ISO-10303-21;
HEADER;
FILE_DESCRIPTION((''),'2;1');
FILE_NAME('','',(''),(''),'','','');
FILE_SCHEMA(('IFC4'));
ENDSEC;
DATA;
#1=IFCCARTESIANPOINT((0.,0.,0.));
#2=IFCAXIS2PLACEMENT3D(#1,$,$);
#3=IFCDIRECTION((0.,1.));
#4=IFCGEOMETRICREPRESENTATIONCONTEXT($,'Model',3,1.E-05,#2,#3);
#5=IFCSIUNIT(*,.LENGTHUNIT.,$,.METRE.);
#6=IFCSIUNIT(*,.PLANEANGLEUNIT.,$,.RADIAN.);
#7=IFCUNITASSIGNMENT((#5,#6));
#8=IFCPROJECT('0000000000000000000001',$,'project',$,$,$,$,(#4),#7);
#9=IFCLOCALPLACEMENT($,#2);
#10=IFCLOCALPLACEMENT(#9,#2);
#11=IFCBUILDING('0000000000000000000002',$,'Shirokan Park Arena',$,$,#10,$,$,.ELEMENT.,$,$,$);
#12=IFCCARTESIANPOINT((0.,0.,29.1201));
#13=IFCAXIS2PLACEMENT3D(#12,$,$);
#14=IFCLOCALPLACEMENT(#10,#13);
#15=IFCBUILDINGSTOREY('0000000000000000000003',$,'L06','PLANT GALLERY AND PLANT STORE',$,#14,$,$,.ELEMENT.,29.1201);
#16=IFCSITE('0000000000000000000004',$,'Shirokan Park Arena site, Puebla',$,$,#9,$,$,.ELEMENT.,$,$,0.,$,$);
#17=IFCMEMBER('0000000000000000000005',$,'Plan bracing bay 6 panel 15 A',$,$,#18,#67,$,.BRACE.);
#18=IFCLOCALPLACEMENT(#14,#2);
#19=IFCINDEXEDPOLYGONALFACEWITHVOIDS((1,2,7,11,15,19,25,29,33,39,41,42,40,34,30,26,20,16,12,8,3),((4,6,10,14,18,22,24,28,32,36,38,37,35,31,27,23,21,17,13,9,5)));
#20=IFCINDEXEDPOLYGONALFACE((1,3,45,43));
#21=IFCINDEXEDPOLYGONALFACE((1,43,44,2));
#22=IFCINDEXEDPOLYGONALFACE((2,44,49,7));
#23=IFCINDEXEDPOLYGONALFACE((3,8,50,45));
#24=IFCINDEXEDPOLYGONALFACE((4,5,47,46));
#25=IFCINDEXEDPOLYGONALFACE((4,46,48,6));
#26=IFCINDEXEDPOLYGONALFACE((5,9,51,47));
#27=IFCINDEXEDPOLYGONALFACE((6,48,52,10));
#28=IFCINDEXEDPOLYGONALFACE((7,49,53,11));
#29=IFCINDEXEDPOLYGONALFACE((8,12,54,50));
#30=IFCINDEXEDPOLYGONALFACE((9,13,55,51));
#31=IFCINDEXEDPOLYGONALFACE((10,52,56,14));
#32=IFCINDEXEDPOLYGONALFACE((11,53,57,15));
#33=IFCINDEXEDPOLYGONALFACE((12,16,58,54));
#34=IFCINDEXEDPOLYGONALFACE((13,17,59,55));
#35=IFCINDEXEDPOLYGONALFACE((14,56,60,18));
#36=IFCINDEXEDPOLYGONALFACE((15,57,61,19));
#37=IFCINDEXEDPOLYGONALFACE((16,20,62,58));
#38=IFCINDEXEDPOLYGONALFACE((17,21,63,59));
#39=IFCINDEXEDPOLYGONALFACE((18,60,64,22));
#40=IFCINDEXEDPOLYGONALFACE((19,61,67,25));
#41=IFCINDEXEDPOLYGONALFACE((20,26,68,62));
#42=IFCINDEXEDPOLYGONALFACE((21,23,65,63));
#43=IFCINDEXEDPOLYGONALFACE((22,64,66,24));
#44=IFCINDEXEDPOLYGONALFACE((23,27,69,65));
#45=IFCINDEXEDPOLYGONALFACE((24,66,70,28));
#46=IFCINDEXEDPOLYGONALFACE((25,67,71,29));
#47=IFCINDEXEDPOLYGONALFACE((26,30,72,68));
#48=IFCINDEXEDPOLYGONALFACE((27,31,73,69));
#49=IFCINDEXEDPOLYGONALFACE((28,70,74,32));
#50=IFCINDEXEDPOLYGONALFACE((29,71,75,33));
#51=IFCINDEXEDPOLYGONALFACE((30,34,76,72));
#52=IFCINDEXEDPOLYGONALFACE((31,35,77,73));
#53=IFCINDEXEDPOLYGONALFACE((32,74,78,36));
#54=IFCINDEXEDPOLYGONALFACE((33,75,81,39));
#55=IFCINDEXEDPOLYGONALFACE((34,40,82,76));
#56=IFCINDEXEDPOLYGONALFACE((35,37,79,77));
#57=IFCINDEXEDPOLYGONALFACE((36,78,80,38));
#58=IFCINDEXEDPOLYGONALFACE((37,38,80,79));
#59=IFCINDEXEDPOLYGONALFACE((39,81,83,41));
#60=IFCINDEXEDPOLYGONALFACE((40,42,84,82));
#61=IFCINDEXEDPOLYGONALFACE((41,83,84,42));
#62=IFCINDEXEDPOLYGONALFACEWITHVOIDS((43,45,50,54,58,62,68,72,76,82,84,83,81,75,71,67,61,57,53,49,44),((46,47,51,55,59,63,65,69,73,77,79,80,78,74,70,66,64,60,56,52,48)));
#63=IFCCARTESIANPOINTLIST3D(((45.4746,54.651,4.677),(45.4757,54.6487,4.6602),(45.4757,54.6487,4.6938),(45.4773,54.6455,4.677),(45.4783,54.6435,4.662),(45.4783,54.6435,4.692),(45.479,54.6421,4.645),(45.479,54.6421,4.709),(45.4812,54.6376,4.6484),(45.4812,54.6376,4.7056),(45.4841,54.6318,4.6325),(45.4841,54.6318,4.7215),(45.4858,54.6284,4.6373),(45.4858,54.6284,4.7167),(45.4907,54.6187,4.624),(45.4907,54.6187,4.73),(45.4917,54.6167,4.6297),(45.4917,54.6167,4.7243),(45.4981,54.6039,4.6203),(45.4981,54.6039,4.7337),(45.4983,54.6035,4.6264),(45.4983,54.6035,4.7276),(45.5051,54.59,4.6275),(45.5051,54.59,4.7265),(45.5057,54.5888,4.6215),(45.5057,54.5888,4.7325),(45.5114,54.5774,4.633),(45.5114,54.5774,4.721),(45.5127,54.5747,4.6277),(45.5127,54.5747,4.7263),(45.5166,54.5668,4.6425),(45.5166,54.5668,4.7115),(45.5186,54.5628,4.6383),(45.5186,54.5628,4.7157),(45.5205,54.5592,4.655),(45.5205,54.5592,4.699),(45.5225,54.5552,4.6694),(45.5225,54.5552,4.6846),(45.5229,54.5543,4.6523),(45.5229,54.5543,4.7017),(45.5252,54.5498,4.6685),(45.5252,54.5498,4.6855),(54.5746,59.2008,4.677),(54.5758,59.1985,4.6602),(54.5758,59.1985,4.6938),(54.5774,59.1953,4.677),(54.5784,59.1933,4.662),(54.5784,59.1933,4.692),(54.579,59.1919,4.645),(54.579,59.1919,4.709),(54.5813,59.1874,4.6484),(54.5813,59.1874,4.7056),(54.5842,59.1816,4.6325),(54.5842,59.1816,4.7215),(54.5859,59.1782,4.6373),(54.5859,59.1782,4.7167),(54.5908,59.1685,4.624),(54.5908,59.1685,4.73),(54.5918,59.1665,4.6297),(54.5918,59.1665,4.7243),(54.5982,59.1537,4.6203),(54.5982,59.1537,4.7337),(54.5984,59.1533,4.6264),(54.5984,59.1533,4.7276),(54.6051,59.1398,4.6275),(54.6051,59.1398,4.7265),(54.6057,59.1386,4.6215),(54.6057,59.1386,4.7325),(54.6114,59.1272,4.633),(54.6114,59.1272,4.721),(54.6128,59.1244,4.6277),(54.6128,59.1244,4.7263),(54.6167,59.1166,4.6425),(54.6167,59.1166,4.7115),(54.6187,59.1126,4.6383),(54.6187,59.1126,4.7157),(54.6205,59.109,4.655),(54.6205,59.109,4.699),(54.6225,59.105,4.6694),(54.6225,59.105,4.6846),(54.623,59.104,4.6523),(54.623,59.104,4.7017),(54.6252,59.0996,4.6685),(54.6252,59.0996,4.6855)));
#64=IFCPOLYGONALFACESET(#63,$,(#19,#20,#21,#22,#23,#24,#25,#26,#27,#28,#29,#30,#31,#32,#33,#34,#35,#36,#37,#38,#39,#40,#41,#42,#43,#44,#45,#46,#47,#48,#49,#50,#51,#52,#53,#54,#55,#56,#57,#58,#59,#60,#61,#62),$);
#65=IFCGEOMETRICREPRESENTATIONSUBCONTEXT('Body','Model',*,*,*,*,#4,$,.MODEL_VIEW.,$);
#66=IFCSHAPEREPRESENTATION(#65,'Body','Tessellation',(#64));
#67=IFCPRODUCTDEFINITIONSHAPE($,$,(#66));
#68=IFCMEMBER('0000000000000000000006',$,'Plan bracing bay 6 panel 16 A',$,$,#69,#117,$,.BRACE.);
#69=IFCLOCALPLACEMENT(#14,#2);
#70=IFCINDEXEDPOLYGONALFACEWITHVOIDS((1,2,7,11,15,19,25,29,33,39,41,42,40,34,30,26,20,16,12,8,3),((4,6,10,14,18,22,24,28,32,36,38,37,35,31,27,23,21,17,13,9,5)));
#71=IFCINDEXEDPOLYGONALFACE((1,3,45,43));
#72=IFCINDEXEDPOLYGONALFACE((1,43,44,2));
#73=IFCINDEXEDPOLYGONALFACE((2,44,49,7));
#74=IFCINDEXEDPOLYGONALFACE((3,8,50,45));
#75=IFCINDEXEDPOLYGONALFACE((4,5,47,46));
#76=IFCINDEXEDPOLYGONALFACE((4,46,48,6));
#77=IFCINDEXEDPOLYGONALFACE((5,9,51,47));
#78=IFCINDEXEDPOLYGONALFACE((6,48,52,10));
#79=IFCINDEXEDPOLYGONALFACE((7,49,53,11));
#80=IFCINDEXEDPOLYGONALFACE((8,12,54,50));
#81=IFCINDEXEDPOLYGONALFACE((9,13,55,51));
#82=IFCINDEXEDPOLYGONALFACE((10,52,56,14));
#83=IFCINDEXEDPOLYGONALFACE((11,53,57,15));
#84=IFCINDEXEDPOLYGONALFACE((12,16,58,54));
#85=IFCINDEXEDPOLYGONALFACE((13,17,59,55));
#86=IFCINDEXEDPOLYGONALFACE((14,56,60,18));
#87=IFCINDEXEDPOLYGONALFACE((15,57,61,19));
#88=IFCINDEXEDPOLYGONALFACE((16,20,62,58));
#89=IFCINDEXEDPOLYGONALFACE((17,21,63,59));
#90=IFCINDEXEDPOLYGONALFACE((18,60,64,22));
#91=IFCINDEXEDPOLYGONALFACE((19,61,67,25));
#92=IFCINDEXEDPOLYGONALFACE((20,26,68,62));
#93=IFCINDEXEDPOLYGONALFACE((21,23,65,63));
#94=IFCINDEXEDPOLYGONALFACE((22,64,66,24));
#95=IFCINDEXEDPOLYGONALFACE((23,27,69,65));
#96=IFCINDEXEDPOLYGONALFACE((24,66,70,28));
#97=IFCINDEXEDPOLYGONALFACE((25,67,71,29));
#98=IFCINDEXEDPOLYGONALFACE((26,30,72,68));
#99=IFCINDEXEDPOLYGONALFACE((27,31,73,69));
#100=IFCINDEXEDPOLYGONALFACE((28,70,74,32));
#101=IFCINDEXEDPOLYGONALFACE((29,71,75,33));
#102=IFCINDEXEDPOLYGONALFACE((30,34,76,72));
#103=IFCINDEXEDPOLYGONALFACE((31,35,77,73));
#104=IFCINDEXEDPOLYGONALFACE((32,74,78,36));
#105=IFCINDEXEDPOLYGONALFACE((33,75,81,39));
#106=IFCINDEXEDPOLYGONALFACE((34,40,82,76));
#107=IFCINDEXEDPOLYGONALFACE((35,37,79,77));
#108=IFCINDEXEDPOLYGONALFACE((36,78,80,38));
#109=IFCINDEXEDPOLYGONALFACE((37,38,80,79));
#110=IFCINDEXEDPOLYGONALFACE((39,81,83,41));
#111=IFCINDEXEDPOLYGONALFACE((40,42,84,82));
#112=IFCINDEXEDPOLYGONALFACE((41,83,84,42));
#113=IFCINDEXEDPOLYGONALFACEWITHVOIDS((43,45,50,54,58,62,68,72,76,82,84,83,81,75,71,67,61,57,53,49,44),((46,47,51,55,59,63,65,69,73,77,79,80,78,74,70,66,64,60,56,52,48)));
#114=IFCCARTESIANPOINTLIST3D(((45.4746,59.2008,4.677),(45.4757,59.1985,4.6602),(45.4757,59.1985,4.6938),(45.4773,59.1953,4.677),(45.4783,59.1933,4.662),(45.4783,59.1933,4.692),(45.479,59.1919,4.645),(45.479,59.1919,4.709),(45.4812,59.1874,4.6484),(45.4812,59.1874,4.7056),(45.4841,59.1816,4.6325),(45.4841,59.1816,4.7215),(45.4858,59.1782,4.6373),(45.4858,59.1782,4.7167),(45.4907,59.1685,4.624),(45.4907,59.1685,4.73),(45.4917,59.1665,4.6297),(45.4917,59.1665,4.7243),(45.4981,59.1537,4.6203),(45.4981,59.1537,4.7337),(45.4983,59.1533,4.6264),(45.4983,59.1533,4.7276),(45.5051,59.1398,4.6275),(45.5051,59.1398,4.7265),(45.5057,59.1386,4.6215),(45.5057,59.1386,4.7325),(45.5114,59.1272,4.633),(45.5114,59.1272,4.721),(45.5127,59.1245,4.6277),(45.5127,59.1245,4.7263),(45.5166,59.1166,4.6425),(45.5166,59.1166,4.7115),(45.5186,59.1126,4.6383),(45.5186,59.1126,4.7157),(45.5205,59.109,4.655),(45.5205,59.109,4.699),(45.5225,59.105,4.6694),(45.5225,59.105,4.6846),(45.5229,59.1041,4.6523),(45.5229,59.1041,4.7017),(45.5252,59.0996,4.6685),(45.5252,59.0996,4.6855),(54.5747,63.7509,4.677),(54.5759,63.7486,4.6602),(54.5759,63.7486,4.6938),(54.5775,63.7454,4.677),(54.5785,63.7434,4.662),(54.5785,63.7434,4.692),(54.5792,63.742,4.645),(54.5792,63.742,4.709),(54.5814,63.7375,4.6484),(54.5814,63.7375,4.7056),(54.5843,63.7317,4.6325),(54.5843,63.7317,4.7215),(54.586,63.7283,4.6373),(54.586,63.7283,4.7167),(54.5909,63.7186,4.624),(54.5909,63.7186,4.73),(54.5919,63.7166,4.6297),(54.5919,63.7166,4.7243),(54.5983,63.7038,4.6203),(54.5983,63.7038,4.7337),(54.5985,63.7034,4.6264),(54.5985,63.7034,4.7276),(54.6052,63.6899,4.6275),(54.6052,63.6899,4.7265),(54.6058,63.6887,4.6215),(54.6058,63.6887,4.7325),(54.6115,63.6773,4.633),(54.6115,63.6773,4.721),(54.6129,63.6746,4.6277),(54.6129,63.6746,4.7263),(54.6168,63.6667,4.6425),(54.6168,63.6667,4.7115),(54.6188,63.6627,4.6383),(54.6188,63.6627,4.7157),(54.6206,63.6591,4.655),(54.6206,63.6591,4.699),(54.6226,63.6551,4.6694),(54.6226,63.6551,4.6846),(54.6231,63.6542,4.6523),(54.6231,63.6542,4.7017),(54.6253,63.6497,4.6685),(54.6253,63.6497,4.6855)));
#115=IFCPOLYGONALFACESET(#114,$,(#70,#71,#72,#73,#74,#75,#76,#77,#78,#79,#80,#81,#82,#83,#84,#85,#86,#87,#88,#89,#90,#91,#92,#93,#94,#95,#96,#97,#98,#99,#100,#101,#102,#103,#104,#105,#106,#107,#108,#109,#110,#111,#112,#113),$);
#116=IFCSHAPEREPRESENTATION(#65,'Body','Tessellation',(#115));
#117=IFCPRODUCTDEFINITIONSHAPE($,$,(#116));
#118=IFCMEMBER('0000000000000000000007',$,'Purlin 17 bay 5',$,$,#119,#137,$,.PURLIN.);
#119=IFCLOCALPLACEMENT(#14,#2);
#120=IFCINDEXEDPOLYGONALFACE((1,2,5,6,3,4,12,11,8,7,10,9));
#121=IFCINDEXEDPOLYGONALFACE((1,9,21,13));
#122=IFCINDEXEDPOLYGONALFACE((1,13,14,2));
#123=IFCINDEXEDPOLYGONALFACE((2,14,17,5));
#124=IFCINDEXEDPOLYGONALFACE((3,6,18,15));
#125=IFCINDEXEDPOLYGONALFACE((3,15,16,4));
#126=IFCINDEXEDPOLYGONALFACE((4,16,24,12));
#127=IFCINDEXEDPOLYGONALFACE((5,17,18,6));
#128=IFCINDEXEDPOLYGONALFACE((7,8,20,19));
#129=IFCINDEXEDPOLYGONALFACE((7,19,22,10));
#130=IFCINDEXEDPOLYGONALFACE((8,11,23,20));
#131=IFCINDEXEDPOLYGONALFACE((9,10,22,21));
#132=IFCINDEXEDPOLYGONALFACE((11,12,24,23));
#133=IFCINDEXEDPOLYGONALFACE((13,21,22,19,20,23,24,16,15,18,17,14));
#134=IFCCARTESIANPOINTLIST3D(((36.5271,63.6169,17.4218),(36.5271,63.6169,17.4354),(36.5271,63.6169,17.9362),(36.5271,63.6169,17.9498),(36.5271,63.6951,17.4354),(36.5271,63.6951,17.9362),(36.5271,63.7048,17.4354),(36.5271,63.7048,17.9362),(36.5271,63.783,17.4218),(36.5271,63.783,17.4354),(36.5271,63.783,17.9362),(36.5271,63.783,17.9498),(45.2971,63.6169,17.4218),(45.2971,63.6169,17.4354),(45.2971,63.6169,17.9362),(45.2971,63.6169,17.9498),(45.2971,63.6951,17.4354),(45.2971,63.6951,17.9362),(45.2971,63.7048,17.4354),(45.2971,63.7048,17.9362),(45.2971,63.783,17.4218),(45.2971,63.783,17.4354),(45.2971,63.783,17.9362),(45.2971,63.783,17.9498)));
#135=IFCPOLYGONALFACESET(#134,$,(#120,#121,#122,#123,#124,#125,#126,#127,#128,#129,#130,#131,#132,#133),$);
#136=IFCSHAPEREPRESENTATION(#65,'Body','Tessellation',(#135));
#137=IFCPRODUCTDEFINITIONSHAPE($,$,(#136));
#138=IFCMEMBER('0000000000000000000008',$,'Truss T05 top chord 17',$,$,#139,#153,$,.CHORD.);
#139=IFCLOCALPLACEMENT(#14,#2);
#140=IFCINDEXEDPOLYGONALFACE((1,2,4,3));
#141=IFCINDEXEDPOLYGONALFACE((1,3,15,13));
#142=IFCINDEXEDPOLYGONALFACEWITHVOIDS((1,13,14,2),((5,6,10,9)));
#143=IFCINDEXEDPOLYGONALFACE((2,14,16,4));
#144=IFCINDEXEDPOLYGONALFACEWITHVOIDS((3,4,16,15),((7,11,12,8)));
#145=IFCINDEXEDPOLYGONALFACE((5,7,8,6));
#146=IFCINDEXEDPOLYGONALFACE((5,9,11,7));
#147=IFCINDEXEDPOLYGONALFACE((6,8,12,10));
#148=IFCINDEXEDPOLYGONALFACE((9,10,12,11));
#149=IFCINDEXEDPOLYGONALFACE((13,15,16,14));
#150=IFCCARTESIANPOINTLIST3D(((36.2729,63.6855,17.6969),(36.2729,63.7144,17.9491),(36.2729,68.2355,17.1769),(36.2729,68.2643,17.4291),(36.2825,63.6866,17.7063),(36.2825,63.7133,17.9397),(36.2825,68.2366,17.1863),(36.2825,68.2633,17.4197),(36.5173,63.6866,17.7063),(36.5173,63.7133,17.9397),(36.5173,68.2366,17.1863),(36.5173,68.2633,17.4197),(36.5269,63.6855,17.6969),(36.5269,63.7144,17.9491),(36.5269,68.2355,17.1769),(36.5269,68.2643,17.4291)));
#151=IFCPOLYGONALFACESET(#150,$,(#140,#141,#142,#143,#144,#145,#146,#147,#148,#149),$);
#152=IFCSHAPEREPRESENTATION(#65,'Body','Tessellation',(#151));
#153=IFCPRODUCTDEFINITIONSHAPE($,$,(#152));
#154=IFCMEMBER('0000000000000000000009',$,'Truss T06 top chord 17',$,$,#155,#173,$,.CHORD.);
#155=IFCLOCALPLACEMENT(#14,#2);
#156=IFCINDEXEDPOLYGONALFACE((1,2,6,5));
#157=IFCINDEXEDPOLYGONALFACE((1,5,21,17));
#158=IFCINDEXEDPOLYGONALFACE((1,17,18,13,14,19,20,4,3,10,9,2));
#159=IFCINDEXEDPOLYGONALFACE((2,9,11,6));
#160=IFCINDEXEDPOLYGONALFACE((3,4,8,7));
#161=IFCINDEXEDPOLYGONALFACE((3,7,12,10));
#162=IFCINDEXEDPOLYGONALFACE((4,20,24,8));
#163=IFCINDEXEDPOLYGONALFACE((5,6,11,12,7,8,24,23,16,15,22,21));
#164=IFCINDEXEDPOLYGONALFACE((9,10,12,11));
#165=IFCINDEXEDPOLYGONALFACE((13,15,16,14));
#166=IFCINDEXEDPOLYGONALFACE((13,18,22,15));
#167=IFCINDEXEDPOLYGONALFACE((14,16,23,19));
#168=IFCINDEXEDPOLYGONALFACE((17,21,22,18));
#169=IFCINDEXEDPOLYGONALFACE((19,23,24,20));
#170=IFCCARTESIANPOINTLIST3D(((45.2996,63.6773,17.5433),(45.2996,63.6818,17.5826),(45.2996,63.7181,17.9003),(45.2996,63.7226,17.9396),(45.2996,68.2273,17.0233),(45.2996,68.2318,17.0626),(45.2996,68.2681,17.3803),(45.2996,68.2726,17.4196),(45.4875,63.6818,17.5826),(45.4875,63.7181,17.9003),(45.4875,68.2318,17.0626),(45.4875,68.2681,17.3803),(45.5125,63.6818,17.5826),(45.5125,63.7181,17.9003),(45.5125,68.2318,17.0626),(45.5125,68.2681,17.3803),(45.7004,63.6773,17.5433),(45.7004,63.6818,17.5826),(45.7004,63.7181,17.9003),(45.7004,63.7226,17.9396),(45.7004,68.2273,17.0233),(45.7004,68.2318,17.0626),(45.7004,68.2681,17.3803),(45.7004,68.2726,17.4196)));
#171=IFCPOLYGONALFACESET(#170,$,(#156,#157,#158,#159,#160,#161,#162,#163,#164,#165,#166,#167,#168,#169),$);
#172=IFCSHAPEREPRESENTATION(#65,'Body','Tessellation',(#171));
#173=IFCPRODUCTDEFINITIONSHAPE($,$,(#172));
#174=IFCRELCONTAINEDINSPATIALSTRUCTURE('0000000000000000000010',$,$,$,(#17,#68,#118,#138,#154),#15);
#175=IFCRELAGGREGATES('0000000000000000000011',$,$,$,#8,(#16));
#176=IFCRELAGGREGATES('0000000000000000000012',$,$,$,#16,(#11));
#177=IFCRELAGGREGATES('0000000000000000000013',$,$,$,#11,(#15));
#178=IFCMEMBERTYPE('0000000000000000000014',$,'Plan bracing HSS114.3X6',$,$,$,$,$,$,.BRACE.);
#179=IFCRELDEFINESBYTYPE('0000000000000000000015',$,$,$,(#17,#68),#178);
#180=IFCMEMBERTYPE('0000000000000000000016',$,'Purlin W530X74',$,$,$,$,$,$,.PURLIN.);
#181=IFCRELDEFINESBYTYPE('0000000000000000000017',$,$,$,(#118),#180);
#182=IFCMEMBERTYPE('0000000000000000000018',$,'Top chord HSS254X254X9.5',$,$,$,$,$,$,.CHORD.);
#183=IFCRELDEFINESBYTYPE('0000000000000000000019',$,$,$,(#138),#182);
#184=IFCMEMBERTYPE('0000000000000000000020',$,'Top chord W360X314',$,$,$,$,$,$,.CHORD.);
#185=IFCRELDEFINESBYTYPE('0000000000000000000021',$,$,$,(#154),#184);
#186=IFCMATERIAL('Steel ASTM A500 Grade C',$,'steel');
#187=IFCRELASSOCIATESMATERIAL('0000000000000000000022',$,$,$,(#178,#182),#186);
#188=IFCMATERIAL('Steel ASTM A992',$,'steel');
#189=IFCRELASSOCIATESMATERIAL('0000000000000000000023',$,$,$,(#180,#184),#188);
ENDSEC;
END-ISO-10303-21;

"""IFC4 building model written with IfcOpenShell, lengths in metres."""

from ifc_helpers import new_model, si_unit, direction, frame, origin, origin_2d, place, context, subcontext, project, spatial, hollow_rectangle, hollow_circle, i_section, extrude, material, material_profile, profile_set, type_object, element, save


model = new_model("IFC4")

# Units and contexts
model_context = context("Model", 3, precision=1e-05, world=origin(), true_north=direction((0.0, 1.0)))
body_context = subcontext(model_context, "Body", "Model", "MODEL_VIEW")
ifc_project = project(units=[si_unit("LENGTHUNIT", "METRE"), si_unit("PLANEANGLEUNIT", "RADIAN")], contexts=[model_context])

# Site, building, storey
site_placement = place(None, origin())
site = spatial("IfcSite", under=ifc_project, at=site_placement, Name="Shirokan Park Arena site, Puebla", CompositionType="ELEMENT", RefElevation=0.0)
building_placement = place(site_placement, origin())
building = spatial("IfcBuilding", under=site, at=building_placement, Name="Shirokan Park Arena", CompositionType="ELEMENT")
storey_placement = place(building_placement, frame((0.0, 0.0, 29.1201)))
storey = spatial("IfcBuildingStorey", under=building, at=storey_placement, Name="L06", Description="PLANT GALLERY AND PLANT STORE", CompositionType="ELEMENT", Elevation=29.1201)

# Members
ifc_material_1 = material(Name="Steel ASTM A500 Grade C", Category="steel")
ifc_material_2 = material(Name="Steel ASTM A992", Category="steel")
ifc_material_profile_1 = material_profile(ifc_material_1, hollow_circle(Radius=0.0569, WallThickness=0.0061, at=origin_2d()), Name="HSS114.3X6")
ifc_profile_set_1 = profile_set([ifc_material_profile_1], Name="Steel ASTM A500 Grade C")
member_type_1 = type_object("IfcMemberType", Name="Plan bracing HSS114.3X6", PredefinedType="BRACE", material=ifc_profile_set_1)
member_1_placement = place(storey_placement, frame((45.5, 54.6001, 4.677), z_axis=(0.894437, 0.447194, 0.0), x_axis=(-0.447194, 0.894437, 0.0)))
element("IfcMember", 1, at=member_1_placement, inside=storey, type_object=member_type_1, Name="Plan bracing bay 6 panel 15 A", PredefinedType="BRACE", context=body_context, shape_type="SweptSolid", body=[
    extrude(hollow_circle(Radius=0.0569, WallThickness=0.0061, at=origin_2d()), origin(), (0.0, 0.0, 1.0), 10.1741),
])
member_2_placement = place(storey_placement, frame((45.5, 59.1499, 4.677), z_axis=(0.894427, 0.447214, 0.0), x_axis=(-0.447214, 0.894427, 0.0)))
element("IfcMember", 2, at=member_2_placement, inside=storey, type_object=member_type_1, Name="Plan bracing bay 6 panel 16 A", PredefinedType="BRACE", context=body_context, shape_type="SweptSolid", body=[
    extrude(hollow_circle(Radius=0.0569, WallThickness=0.0061, at=origin_2d()), origin(), (0.0, 0.0, 1.0), 10.1743),
])
ifc_material_profile_2 = material_profile(ifc_material_2, i_section(OverallWidth=0.166, OverallDepth=0.5281, WebThickness=0.0098, FlangeThickness=0.0137, at=origin_2d()), Name="W530X74")
ifc_profile_set_2 = profile_set([ifc_material_profile_2], Name="Steel ASTM A992")
member_type_2 = type_object("IfcMemberType", Name="Purlin W530X74", PredefinedType="PURLIN", material=ifc_profile_set_2)
member_3_placement = place(storey_placement, frame((36.5271, 63.7, 17.6858), z_axis=(1.0, 0.0, 0.0), x_axis=(0.0, 1.0, 0.0)))
element("IfcMember", 3, at=member_3_placement, inside=storey, type_object=member_type_2, Name="Purlin 17 bay 5", PredefinedType="PURLIN", context=body_context, shape_type="SweptSolid", body=[
    extrude(i_section(OverallWidth=0.166, OverallDepth=0.5281, WebThickness=0.0098, FlangeThickness=0.0137, at=origin_2d()), origin(), (0.0, 0.0, 1.0), 8.77),
])
ifc_material_profile_3 = material_profile(ifc_material_1, hollow_rectangle(XDim=0.2539, YDim=0.2539, WallThickness=0.0095, at=origin_2d()), Name="HSS254X254X9.5")
ifc_profile_set_3 = profile_set([ifc_material_profile_3], Name="Steel ASTM A500 Grade C")
member_type_3 = type_object("IfcMemberType", Name="Top chord HSS254X254X9.5", PredefinedType="CHORD", material=ifc_profile_set_3)
member_4_placement = place(storey_placement, frame((36.3999, 63.7, 17.823), z_axis=(0.0, 0.993532, -0.11355), x_axis=(-1.0, 0.0, 0.0)))
element("IfcMember", 4, at=member_4_placement, inside=storey, type_object=member_type_3, Name="Truss T05 top chord 17", PredefinedType="CHORD", context=body_context, shape_type="SweptSolid", body=[
    extrude(hollow_rectangle(XDim=0.2539, YDim=0.2539, WallThickness=0.0095, at=origin_2d()), origin(), (0.0, 0.0, 1.0), 4.5796),
])
ifc_material_profile_4 = material_profile(ifc_material_2, i_section(OverallWidth=0.4009, OverallDepth=0.3989, WebThickness=0.0249, FlangeThickness=0.0396, at=origin_2d()), Name="W360X314")
ifc_profile_set_4 = profile_set([ifc_material_profile_4], Name="Steel ASTM A992")
member_type_4 = type_object("IfcMemberType", Name="Top chord W360X314", PredefinedType="CHORD", material=ifc_profile_set_4)
member_5_placement = place(storey_placement, frame((45.5, 63.7, 17.7415), z_axis=(0.0, 0.993532, -0.11355), x_axis=(-1.0, 0.0, 0.0)))
element("IfcMember", 5, at=member_5_placement, inside=storey, type_object=member_type_4, Name="Truss T06 top chord 17", PredefinedType="CHORD", context=body_context, shape_type="SweptSolid", body=[
    extrude(i_section(OverallWidth=0.4009, OverallDepth=0.3989, WebThickness=0.0249, FlangeThickness=0.0396, at=origin_2d()), origin(), (0.0, 0.0, 1.0), 4.5796),
])

save(model, "model.ifc")
